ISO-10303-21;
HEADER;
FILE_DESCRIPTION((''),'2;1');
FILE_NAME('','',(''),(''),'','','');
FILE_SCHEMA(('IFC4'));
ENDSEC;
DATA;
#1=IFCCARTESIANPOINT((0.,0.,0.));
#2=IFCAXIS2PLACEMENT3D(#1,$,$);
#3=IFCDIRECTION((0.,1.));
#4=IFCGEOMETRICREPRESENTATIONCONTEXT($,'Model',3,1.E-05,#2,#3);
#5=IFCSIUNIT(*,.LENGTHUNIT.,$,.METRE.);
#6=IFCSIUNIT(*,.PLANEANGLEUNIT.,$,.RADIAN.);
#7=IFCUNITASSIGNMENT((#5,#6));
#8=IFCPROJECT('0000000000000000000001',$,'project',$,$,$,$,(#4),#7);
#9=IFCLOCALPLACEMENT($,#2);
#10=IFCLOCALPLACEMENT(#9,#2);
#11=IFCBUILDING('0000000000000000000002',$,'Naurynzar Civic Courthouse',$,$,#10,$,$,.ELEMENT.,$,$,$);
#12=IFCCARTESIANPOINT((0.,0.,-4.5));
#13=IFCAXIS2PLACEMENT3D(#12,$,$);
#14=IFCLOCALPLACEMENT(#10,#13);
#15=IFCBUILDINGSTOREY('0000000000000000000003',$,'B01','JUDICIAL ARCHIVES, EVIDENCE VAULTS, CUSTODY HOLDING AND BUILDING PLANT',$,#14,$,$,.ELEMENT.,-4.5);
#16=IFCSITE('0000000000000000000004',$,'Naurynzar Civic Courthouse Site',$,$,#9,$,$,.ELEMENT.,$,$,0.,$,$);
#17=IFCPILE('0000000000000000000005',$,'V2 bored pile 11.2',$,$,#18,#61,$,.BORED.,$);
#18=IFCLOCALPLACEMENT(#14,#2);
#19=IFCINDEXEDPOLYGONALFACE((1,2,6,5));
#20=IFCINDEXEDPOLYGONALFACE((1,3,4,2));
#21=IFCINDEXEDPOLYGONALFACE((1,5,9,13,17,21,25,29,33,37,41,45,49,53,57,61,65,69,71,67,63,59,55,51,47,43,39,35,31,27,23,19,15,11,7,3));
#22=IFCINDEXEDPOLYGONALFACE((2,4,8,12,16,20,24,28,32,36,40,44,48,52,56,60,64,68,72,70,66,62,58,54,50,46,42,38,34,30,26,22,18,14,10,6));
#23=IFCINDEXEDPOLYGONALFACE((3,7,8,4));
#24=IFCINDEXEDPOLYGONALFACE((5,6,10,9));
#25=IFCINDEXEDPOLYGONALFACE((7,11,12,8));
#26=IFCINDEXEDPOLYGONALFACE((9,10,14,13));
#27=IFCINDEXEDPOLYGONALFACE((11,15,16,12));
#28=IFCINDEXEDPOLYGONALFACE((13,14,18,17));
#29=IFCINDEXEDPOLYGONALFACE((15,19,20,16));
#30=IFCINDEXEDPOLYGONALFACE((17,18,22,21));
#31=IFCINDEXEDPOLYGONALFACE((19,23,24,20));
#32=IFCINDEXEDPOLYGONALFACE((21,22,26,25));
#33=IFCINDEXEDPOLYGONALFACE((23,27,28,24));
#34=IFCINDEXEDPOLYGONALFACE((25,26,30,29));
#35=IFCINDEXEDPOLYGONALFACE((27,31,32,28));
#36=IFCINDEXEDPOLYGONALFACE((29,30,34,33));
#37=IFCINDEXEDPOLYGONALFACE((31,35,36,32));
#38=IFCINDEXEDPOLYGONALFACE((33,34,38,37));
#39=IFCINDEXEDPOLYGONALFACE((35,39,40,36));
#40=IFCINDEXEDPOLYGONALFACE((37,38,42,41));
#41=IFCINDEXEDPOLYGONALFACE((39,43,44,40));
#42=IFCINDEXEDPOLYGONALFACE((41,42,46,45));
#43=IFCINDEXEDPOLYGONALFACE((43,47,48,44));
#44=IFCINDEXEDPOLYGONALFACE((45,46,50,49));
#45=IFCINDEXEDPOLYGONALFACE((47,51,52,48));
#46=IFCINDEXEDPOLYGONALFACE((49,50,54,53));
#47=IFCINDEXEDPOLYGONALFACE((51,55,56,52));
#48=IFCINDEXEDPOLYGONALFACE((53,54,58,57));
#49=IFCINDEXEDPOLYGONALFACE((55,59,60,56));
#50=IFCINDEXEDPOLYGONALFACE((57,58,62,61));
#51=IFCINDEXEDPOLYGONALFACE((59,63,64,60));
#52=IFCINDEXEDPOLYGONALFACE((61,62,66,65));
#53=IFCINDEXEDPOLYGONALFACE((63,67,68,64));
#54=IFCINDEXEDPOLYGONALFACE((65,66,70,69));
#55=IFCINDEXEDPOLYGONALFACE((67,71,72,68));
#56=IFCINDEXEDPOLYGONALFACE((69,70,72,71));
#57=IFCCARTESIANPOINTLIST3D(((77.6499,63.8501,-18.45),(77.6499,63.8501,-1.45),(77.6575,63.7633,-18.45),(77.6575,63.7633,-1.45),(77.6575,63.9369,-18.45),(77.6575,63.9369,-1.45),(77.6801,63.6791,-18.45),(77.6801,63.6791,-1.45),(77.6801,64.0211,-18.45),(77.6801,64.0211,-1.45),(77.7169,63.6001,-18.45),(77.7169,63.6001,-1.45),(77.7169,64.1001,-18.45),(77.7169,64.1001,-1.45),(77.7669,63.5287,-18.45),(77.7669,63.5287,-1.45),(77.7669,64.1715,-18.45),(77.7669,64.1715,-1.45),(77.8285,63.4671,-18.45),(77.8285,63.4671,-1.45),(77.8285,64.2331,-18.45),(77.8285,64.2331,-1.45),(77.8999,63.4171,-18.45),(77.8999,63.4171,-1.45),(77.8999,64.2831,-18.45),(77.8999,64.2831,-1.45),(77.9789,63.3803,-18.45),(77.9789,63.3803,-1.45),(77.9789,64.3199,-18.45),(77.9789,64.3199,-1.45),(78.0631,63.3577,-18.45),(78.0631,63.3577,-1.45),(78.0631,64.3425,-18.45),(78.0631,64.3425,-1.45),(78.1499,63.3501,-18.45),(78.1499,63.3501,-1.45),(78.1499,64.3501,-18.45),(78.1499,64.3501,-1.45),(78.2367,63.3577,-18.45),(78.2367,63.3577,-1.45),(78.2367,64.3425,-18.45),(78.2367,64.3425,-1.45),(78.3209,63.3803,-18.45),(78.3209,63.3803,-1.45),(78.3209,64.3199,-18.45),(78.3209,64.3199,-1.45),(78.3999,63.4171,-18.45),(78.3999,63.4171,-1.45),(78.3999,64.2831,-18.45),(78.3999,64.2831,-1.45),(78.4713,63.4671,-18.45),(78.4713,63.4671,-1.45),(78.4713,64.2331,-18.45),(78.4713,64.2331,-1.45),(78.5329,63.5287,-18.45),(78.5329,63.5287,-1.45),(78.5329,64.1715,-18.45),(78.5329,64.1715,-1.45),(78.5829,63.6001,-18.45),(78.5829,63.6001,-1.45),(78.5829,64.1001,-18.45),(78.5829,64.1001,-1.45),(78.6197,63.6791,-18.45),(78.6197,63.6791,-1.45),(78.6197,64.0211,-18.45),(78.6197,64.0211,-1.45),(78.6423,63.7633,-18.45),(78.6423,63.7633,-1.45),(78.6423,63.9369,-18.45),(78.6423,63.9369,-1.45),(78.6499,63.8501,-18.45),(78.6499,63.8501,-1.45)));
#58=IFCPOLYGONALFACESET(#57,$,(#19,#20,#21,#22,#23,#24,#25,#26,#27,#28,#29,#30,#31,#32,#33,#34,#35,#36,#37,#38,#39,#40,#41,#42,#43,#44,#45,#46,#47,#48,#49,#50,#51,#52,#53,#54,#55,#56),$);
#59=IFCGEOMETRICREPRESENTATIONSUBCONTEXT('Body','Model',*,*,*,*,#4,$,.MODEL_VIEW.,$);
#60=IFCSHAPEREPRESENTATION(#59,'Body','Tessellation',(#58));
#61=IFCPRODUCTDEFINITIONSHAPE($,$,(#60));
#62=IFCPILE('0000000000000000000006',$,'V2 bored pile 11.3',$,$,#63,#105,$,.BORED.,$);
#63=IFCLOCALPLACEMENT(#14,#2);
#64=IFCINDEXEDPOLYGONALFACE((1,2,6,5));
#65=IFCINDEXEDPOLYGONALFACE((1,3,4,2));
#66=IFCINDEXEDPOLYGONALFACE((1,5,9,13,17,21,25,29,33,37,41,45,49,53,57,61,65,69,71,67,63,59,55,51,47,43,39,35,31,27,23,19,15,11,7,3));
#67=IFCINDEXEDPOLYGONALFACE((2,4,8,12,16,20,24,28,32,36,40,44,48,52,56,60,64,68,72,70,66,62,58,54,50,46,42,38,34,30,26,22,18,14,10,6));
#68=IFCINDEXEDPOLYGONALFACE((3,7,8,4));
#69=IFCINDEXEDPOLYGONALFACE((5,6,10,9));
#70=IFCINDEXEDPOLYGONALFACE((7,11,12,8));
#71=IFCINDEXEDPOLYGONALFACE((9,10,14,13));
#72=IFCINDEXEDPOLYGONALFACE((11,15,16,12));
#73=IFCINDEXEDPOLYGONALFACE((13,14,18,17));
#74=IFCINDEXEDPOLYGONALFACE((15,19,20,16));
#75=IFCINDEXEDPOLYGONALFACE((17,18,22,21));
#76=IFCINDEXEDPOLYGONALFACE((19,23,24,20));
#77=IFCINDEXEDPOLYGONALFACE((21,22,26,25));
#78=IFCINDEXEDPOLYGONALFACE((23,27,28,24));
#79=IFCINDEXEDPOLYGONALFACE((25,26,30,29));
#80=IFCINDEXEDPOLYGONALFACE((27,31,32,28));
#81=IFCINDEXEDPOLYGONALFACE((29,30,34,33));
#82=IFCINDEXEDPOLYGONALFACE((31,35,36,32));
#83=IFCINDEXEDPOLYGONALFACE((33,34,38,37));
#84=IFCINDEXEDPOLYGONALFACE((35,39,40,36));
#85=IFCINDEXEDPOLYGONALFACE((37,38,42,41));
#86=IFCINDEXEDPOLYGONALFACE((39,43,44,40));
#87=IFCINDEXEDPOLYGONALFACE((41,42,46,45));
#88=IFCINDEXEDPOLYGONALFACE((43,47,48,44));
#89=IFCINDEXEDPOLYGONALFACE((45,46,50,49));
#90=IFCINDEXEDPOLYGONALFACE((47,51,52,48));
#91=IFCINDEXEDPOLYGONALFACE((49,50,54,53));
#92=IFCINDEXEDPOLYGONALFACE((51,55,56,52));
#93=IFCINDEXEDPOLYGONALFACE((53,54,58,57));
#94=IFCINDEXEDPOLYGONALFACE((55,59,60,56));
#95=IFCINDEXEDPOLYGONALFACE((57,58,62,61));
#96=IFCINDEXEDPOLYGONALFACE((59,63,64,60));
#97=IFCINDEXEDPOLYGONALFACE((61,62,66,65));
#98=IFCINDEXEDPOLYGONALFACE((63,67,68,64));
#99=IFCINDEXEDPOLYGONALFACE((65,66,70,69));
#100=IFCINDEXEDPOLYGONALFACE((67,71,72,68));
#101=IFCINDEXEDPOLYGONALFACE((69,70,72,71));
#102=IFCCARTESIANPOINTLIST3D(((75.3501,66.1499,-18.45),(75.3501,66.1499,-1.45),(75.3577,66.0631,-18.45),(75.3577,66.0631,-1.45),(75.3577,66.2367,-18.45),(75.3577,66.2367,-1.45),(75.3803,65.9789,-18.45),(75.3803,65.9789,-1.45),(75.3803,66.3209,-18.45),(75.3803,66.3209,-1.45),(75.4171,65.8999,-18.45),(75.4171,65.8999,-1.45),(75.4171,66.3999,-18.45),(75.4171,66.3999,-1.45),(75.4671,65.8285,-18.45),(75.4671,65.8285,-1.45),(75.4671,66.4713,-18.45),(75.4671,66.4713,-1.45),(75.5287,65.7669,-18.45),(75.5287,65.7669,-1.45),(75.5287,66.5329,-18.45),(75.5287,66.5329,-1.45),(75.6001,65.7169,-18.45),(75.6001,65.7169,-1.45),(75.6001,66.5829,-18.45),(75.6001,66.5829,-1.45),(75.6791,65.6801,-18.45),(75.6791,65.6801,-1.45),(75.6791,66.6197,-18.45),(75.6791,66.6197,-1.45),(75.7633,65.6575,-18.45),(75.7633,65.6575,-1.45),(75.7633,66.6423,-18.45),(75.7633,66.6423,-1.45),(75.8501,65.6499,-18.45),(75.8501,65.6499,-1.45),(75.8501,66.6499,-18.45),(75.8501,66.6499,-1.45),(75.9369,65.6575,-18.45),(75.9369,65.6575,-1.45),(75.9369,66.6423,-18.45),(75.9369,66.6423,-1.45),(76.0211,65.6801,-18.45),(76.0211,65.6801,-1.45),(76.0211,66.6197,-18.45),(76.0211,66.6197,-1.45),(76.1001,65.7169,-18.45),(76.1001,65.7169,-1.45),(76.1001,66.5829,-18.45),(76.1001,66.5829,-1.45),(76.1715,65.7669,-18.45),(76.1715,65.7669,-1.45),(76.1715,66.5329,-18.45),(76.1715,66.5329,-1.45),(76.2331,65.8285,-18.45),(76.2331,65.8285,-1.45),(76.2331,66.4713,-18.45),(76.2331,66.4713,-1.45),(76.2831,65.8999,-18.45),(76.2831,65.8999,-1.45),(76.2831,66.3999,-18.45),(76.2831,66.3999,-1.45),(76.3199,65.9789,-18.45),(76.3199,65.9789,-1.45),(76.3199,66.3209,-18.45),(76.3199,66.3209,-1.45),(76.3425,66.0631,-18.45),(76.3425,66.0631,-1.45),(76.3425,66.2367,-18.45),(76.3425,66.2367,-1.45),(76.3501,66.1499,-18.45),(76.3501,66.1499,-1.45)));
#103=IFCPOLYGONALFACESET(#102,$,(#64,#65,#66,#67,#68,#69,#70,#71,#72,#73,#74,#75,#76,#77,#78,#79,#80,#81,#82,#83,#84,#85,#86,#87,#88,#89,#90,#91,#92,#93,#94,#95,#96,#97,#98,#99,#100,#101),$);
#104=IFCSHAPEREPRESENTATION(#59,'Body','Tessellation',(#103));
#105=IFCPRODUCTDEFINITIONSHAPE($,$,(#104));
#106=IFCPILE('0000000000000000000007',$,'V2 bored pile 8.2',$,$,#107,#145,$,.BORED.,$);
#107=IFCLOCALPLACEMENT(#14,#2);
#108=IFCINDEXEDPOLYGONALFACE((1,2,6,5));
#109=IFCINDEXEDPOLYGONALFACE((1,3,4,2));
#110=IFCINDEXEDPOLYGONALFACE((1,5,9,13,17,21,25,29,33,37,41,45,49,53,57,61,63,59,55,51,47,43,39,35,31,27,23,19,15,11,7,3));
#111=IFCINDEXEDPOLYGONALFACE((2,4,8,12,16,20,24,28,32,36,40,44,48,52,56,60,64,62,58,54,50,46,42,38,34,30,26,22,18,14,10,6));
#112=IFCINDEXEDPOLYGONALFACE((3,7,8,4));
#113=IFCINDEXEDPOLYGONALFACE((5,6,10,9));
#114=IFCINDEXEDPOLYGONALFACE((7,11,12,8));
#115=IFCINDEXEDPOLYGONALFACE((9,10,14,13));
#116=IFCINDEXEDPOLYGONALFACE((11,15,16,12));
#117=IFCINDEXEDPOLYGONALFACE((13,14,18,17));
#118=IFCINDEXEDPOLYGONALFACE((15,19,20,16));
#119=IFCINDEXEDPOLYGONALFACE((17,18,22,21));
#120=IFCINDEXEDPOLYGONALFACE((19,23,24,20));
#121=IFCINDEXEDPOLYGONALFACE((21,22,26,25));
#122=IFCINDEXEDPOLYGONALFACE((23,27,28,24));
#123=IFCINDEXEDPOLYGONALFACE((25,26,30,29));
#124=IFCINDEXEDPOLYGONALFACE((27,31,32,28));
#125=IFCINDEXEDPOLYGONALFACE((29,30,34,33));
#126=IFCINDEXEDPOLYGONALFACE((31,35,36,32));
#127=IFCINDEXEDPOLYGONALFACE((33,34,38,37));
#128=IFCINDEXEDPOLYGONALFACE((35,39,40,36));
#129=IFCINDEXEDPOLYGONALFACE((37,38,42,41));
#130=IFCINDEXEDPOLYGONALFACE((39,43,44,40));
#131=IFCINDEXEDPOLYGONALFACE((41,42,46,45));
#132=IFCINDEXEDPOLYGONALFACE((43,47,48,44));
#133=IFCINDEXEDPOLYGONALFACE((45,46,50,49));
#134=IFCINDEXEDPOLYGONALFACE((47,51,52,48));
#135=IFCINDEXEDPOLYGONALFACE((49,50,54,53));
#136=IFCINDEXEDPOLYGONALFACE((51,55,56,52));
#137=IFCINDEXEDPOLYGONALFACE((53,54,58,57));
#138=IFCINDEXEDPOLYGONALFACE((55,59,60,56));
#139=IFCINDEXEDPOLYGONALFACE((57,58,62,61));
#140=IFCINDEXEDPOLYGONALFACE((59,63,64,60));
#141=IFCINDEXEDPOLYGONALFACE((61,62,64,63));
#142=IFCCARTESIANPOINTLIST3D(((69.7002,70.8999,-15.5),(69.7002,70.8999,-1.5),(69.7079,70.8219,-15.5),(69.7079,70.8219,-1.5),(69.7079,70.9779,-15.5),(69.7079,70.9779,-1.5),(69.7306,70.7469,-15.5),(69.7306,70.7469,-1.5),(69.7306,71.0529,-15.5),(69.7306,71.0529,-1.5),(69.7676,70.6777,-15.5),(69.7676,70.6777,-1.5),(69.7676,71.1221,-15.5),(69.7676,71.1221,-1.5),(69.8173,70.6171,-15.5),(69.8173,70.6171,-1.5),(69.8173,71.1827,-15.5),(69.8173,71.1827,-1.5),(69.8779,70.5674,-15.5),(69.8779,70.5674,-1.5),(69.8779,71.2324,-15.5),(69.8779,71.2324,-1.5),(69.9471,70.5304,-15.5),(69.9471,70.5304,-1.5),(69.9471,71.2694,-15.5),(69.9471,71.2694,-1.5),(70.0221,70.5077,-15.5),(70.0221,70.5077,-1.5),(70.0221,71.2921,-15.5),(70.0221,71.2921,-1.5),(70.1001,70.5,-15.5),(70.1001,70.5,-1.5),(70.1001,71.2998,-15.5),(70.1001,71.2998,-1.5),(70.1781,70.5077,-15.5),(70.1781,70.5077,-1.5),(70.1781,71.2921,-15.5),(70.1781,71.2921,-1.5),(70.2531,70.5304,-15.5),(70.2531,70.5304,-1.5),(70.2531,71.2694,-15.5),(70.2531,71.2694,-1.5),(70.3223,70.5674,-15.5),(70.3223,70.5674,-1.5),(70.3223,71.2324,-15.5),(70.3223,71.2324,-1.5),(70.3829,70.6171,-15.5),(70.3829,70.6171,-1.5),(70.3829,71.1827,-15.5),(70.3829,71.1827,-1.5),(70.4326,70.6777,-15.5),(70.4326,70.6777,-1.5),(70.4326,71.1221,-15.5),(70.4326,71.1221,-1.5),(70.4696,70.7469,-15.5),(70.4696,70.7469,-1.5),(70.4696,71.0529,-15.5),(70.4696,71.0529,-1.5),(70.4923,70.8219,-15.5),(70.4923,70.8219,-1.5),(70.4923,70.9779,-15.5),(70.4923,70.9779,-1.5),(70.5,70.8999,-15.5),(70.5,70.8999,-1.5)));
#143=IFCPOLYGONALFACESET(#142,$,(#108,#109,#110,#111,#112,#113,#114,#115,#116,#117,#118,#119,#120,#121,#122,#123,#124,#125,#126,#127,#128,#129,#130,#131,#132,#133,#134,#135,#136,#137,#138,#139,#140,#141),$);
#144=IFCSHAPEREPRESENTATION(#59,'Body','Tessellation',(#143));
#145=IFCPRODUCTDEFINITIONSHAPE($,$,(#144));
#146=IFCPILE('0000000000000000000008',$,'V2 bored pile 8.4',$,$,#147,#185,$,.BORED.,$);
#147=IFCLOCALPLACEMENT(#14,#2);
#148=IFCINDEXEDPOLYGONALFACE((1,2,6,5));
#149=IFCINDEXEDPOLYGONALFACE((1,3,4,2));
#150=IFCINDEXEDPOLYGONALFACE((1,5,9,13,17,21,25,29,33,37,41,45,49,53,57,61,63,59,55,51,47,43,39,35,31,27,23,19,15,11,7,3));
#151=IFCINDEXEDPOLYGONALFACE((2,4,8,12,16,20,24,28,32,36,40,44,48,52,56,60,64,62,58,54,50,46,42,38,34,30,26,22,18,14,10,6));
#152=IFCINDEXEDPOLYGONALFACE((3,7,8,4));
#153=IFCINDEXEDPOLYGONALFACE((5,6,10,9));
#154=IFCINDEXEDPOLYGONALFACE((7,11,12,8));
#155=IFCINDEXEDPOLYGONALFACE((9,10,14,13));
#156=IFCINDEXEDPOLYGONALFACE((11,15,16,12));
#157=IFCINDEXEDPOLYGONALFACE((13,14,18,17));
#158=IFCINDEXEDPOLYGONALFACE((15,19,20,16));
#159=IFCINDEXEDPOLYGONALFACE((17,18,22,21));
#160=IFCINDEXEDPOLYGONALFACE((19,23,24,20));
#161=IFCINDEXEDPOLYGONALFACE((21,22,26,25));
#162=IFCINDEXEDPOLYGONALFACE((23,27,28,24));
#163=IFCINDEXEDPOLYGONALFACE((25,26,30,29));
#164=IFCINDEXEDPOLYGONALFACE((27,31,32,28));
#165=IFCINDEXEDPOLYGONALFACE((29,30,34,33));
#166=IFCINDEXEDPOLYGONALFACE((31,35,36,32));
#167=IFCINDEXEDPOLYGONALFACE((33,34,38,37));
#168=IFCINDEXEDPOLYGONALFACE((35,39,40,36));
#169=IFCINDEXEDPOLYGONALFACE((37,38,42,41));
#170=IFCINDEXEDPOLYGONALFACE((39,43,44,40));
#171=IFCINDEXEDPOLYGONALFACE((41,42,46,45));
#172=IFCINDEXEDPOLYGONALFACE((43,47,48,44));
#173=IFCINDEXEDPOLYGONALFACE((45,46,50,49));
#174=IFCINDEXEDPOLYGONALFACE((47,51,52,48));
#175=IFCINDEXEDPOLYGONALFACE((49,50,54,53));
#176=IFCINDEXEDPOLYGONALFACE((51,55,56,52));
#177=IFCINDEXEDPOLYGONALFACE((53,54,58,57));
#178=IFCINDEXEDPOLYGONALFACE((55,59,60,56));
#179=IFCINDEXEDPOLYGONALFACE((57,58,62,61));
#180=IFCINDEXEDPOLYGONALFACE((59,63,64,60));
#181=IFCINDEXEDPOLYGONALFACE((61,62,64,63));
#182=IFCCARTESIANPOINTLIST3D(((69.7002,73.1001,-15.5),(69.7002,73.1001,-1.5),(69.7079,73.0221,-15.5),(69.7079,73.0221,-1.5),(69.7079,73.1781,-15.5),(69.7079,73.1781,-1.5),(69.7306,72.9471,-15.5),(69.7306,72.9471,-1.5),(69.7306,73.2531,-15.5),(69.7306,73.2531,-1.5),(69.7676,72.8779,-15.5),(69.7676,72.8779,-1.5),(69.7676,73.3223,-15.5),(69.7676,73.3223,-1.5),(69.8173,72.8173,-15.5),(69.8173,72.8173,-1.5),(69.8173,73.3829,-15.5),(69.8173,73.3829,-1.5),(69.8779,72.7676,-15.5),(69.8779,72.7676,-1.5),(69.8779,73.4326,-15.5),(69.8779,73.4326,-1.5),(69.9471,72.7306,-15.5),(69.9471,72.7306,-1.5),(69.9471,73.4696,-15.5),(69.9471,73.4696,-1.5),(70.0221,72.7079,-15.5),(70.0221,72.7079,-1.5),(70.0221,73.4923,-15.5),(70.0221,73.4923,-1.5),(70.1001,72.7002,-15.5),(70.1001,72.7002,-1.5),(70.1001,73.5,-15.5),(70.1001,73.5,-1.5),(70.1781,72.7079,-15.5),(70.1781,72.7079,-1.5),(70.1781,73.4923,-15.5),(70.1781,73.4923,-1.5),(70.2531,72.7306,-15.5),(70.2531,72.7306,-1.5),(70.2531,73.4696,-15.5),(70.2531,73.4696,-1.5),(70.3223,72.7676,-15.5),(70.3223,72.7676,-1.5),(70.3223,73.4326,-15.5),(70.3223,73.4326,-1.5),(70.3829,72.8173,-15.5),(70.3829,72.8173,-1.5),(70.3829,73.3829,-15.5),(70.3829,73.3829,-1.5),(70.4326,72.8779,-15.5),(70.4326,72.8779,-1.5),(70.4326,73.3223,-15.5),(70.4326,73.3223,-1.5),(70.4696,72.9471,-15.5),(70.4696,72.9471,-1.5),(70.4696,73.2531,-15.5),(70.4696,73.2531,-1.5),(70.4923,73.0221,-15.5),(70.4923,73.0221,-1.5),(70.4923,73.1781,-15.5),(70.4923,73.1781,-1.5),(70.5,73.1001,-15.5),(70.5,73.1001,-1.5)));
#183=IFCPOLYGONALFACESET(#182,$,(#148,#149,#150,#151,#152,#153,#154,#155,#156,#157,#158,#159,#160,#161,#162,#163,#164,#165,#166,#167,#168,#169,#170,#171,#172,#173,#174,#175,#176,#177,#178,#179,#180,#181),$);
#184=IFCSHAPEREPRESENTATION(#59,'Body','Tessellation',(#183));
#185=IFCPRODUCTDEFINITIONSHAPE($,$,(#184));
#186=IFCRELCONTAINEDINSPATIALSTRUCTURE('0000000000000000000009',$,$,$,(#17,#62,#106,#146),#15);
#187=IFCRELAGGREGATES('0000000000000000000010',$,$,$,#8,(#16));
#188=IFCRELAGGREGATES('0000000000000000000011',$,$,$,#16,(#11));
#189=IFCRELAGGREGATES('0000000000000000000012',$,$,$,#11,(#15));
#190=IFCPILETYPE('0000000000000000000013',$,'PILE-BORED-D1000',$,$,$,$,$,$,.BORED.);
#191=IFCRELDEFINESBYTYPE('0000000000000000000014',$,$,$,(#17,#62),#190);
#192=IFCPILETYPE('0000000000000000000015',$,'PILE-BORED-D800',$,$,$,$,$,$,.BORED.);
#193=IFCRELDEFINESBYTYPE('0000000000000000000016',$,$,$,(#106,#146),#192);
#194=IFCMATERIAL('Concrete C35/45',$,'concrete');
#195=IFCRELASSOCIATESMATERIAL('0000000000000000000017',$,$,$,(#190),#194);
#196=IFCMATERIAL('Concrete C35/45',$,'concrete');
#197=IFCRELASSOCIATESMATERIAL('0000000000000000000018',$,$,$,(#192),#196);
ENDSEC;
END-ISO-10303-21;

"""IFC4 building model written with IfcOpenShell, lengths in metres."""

from ifc_helpers import new_model, si_unit, direction, frame, origin, origin_2d, place, context, subcontext, project, spatial, circle, extrude, material, material_profile, profile_set, type_object, element, save


model = new_model("IFC4")

# Units and contexts
model_context = context("Model", 3, precision=1e-05, world=origin(), true_north=direction((0.0, 1.0)))
body_context = subcontext(model_context, "Body", "Model", "MODEL_VIEW")
ifc_project = project(units=[si_unit("LENGTHUNIT", "METRE"), si_unit("PLANEANGLEUNIT", "RADIAN")], contexts=[model_context])

# Site, building, storey
site_placement = place(None, origin())
site = spatial("IfcSite", under=ifc_project, at=site_placement, Name="Naurynzar Civic Courthouse Site", CompositionType="ELEMENT", RefElevation=0.0)
building_placement = place(site_placement, origin())
building = spatial("IfcBuilding", under=site, at=building_placement, Name="Naurynzar Civic Courthouse", CompositionType="ELEMENT")
storey_placement = place(building_placement, frame((0.0, 0.0, -4.5)))
storey = spatial("IfcBuildingStorey", under=building, at=storey_placement, Name="B01", Description="JUDICIAL ARCHIVES, EVIDENCE VAULTS, CUSTODY HOLDING AND BUILDING PLANT", CompositionType="ELEMENT", Elevation=-4.5)

# Piles
ifc_material_1 = material(Name="Concrete C35/45", Category="concrete")
ifc_material_profile_1 = material_profile(ifc_material_1, circle(Radius=0.5, at=origin_2d()), Name="PILE D1000")
ifc_profile_set_1 = profile_set([ifc_material_profile_1], Name="Concrete C35/45")
pile_type_1 = type_object("IfcPileType", Name="PILE-BORED-D1000", PredefinedType="BORED", material=ifc_profile_set_1)
for number, where, z_axis, x_axis, name in (
    (1, (78.1499, 63.8501, -1.45), (0.0, 0.0, -1.0), (1.0, 0.0, 0.0), "V2 bored pile 11.2"),
    (2, (75.8501, 66.1499, -1.45), (0.0, 0.0, -1.0), (1.0, 0.0, 0.0), "V2 bored pile 11.3"),
):
    element("IfcPile", number, at=place(storey_placement, frame(where, z_axis=z_axis, x_axis=x_axis)), inside=storey, type_object=pile_type_1, Name=name, PredefinedType="BORED", context=body_context, shape_type="SweptSolid", body=[
        extrude(circle(Radius=0.5, at=origin_2d()), origin(), (0.0, 0.0, 1.0), 17.0),
    ])
ifc_material_2 = material(Name="Concrete C35/45", Category="concrete")
ifc_material_profile_2 = material_profile(ifc_material_2, circle(Radius=0.3999, at=origin_2d()), Name="PILE D800")
ifc_profile_set_2 = profile_set([ifc_material_profile_2], Name="Concrete C35/45")
pile_type_2 = type_object("IfcPileType", Name="PILE-BORED-D800", PredefinedType="BORED", material=ifc_profile_set_2)
for number, where, z_axis, x_axis, name in (
    (3, (70.1001, 70.8999, -1.5), (0.0, 0.0, -1.0), (1.0, 0.0, 0.0), "V2 bored pile 8.2"),
    (4, (70.1001, 73.1001, -1.5), (0.0, 0.0, -1.0), (1.0, 0.0, 0.0), "V2 bored pile 8.4"),
):
    element("IfcPile", number, at=place(storey_placement, frame(where, z_axis=z_axis, x_axis=x_axis)), inside=storey, type_object=pile_type_2, Name=name, PredefinedType="BORED", context=body_context, shape_type="SweptSolid", body=[
        extrude(circle(Radius=0.3999, at=origin_2d()), origin(), (0.0, 0.0, 1.0), 14.0),
    ])

save(model, "model.ifc")
